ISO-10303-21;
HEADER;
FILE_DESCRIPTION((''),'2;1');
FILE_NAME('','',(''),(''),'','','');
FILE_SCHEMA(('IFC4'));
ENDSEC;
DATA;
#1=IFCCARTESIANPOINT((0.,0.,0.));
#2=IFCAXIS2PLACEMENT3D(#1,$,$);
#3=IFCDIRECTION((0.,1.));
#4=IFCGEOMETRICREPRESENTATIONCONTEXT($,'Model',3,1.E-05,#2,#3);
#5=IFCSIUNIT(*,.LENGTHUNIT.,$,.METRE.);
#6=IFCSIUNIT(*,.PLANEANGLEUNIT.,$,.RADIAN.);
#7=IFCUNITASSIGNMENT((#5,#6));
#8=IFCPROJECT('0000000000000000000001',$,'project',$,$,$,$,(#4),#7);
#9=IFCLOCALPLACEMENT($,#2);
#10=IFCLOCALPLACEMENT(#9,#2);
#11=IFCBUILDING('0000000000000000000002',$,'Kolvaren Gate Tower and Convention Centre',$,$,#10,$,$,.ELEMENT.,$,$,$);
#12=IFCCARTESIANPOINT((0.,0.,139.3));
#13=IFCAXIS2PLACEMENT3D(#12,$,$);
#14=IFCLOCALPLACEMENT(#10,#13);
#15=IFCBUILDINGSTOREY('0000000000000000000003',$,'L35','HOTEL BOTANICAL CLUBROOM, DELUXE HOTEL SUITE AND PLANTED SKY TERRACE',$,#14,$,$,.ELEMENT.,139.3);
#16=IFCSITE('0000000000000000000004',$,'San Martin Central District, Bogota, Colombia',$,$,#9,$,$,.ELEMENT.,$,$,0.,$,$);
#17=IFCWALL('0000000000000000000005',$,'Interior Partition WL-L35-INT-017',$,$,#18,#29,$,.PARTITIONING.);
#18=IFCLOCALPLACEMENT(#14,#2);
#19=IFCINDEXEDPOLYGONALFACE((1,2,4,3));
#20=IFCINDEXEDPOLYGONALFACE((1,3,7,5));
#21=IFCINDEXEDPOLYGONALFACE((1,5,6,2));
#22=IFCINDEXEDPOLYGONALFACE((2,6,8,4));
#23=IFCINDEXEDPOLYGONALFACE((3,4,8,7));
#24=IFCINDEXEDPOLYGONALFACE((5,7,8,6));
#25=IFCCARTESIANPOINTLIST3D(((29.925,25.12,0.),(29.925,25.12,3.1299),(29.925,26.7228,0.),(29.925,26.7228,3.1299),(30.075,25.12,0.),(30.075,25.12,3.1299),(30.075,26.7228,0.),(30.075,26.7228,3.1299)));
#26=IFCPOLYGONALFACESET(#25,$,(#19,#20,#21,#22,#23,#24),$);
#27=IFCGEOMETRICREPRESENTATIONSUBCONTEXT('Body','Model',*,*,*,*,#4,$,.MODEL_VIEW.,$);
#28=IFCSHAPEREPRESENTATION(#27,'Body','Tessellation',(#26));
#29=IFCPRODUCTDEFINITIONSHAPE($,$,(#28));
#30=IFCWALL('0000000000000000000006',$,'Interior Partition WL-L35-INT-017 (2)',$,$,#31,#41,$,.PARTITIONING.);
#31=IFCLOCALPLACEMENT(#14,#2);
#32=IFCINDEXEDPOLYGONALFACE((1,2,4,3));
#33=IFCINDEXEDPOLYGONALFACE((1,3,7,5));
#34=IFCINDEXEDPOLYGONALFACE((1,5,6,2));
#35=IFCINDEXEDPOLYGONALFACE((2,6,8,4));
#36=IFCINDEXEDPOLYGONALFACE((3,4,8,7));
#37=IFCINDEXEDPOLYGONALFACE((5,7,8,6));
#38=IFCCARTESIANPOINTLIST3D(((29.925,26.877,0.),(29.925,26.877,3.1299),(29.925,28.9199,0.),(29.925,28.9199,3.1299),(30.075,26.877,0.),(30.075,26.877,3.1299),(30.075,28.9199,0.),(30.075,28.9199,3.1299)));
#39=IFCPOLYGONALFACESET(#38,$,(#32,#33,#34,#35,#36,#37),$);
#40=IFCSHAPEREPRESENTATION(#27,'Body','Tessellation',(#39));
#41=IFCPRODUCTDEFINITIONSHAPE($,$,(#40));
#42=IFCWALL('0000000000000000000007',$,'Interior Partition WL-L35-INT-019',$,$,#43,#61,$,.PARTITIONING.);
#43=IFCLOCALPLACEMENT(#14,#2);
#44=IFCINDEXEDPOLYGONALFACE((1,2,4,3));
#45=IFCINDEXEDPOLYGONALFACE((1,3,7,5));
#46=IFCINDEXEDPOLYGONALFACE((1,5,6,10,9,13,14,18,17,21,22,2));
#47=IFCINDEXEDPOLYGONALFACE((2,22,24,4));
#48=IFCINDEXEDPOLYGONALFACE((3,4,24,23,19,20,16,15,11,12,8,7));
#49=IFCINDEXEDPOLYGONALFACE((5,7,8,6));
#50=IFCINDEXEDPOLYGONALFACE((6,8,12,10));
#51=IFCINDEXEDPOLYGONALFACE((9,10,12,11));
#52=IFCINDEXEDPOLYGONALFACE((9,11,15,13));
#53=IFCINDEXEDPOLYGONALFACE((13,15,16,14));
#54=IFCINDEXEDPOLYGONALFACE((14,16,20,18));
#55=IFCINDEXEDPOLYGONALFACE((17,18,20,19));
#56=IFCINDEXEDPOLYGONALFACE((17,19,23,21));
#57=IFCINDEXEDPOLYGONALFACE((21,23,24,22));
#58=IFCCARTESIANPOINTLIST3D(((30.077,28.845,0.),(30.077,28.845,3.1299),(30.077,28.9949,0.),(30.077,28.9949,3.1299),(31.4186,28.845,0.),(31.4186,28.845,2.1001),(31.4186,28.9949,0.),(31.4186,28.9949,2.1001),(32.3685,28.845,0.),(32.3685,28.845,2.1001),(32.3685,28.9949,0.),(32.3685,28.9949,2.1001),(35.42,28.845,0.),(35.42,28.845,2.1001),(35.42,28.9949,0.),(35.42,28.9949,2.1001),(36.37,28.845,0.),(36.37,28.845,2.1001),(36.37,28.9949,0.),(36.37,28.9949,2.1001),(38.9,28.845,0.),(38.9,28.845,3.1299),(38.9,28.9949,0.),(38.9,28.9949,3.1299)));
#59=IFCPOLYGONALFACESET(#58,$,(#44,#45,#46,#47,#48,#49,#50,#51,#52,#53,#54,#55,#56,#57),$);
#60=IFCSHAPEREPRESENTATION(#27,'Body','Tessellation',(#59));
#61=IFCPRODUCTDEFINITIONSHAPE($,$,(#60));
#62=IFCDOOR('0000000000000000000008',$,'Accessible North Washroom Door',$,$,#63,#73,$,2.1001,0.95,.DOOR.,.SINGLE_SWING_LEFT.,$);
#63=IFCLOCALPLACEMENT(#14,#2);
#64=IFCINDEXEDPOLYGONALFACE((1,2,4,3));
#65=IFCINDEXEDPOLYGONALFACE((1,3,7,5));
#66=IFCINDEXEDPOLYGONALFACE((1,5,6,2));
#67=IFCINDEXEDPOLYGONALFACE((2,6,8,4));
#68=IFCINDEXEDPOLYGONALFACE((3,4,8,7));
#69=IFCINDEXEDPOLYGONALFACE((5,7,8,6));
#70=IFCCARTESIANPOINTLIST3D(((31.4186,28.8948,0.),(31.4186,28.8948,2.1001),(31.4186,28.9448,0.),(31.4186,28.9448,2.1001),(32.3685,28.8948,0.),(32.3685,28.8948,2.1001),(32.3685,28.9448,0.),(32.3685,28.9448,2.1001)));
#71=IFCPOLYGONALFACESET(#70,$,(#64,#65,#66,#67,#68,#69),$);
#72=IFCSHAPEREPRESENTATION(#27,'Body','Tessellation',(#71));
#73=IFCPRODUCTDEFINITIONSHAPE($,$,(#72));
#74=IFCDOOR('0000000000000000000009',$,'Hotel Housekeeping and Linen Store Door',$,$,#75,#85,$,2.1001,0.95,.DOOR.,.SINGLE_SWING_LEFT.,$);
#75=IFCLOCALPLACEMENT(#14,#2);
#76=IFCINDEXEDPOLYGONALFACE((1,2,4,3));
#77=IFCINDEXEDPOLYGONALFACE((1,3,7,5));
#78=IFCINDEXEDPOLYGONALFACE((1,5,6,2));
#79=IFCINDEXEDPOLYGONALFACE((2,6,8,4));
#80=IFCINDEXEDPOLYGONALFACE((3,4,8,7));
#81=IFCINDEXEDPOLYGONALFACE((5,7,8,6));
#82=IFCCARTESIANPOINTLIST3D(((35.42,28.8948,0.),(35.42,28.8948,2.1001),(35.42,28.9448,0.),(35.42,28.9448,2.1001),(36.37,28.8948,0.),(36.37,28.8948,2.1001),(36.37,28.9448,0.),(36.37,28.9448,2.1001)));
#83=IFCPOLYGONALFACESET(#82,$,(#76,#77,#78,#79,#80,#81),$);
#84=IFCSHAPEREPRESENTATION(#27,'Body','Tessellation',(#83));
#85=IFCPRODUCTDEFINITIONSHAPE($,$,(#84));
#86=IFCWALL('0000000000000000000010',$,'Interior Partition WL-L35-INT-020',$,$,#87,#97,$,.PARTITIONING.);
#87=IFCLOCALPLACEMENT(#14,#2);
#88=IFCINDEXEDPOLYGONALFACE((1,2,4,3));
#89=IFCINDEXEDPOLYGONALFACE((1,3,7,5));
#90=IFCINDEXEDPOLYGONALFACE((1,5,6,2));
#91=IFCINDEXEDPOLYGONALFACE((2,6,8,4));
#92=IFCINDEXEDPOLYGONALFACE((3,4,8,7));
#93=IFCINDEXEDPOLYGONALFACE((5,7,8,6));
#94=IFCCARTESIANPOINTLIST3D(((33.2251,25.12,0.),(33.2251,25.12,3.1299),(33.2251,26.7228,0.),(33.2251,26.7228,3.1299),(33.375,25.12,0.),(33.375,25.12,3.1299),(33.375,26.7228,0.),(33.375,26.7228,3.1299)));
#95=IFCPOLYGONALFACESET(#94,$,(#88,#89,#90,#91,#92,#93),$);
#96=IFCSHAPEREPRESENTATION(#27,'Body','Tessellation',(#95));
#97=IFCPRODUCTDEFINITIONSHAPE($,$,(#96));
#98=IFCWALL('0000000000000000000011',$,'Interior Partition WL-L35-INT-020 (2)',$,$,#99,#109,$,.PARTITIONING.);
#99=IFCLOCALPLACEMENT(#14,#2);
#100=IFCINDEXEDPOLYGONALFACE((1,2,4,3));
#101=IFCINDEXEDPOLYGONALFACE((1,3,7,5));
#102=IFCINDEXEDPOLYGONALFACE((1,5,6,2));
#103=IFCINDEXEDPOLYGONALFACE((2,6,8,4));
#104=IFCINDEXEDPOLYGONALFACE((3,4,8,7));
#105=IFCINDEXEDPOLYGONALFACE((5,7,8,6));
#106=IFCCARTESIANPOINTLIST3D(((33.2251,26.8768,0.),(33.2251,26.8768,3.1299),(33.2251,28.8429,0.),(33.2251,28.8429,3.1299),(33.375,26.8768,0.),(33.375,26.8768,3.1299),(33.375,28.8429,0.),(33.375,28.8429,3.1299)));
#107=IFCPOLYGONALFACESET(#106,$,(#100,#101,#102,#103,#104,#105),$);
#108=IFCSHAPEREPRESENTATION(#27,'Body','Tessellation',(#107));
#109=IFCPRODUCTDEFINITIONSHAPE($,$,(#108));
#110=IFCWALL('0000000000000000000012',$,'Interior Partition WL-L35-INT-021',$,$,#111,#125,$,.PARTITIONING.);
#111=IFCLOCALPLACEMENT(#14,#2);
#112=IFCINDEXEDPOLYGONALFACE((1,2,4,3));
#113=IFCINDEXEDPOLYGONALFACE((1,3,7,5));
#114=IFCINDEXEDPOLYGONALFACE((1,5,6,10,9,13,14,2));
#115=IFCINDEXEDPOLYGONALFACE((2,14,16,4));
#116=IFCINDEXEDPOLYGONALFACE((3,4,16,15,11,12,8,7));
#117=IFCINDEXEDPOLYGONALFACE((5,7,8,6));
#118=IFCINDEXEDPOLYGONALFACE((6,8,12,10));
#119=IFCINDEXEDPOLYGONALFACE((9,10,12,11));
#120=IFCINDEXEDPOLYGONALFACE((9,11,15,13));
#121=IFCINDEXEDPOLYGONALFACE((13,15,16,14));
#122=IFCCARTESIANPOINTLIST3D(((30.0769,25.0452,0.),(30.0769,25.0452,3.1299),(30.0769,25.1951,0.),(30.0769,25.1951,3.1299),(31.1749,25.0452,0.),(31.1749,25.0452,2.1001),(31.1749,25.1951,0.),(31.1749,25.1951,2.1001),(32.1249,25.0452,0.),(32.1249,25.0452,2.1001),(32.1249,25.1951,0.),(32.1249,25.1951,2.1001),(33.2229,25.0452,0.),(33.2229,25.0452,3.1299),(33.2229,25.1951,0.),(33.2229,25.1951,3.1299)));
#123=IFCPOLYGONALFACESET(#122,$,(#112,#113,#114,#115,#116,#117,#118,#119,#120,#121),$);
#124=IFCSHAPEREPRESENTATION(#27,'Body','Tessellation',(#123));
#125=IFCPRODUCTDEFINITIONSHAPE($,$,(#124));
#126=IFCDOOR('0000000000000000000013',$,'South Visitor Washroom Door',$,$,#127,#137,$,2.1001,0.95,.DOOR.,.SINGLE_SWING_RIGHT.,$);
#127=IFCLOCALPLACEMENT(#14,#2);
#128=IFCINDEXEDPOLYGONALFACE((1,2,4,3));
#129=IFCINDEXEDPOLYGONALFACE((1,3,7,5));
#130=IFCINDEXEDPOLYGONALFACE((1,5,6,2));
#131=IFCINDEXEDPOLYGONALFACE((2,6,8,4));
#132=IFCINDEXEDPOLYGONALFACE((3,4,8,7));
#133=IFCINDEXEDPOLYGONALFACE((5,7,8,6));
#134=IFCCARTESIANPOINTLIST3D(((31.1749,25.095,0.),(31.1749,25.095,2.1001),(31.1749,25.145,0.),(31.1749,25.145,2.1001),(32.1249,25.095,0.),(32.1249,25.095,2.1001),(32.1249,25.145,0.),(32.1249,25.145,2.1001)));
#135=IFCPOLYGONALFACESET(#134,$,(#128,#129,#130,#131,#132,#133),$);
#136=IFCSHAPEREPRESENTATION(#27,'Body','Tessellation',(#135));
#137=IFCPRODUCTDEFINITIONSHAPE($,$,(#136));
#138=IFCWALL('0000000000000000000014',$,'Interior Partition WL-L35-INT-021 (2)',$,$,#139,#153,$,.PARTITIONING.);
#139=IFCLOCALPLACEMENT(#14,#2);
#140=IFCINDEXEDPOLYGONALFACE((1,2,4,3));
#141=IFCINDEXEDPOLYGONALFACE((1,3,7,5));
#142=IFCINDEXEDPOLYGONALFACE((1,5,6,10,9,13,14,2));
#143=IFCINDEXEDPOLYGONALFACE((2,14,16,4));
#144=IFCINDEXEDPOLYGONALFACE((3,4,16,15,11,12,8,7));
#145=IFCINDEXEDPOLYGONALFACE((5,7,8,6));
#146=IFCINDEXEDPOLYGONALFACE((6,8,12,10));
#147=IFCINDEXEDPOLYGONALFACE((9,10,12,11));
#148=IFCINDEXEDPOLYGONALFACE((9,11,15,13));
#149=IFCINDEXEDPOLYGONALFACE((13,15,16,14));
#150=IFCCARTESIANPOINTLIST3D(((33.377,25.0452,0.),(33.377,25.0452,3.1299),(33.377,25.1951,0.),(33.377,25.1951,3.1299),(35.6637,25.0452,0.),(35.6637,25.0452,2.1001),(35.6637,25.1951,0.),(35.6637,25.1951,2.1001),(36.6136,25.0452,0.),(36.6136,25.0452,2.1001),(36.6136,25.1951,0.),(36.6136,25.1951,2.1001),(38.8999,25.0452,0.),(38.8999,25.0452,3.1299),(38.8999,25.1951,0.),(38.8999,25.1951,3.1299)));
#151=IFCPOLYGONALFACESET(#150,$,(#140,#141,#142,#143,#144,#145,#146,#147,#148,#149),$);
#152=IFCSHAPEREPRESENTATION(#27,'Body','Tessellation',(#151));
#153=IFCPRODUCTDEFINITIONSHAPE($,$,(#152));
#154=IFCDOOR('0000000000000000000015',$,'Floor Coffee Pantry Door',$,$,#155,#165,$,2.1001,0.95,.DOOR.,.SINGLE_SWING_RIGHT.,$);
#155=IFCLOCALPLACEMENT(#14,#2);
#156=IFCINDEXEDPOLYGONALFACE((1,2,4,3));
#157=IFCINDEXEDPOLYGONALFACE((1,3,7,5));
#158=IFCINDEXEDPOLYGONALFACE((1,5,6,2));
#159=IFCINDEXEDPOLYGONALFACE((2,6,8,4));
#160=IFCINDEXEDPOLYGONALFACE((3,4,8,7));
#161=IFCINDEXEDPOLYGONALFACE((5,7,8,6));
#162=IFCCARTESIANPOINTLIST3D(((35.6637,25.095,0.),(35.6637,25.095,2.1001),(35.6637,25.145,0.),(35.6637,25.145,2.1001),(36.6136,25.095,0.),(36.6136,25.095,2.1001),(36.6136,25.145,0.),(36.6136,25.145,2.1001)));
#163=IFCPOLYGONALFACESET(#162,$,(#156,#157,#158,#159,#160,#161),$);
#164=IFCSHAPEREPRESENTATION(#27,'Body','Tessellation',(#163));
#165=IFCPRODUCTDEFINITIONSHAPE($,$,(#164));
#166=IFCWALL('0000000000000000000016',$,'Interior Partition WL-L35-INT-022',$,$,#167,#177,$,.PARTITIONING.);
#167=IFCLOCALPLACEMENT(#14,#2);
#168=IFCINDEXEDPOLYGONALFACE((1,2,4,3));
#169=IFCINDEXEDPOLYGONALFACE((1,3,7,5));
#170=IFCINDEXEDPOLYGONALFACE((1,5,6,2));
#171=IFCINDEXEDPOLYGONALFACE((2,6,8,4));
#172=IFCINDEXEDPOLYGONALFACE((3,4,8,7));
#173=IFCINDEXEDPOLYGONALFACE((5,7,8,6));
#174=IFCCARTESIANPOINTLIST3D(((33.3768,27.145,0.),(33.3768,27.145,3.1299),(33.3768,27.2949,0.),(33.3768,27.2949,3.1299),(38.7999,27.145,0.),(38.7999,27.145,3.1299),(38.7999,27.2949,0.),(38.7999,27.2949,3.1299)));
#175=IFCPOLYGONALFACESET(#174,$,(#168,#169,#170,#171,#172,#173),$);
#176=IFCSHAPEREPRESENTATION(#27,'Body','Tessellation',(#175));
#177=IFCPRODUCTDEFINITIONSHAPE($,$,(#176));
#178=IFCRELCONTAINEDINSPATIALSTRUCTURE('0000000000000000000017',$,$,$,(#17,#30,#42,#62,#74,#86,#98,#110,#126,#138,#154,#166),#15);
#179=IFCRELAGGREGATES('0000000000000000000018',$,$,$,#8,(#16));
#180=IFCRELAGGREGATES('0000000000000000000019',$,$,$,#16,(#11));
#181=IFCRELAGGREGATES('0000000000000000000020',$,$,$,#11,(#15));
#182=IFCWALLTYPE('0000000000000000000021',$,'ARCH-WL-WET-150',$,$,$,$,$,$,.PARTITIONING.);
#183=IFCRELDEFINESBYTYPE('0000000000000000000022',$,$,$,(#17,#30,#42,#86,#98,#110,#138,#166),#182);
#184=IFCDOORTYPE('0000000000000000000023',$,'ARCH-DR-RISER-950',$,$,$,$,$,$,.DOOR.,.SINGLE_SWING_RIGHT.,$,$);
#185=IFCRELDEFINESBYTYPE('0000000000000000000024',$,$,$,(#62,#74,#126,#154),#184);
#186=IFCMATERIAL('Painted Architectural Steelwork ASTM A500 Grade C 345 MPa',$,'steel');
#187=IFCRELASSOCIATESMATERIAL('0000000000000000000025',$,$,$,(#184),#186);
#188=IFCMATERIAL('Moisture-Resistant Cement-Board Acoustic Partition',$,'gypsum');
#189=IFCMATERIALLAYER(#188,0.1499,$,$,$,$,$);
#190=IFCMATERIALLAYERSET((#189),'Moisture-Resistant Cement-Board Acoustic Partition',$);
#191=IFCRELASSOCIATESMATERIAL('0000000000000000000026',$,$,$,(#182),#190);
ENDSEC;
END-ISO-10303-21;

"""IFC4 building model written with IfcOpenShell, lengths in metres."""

from ifc_helpers import new_model, si_unit, direction, frame, frame_2d, origin, place, context, subcontext, project, spatial, rectangle, extrude, material, layer, layer_set, type_object, element, fill, save


model = new_model("IFC4")

# Units and contexts
model_context = context("Model", 3, precision=1e-05, world=origin(), true_north=direction((0.0, 1.0)))
body_context = subcontext(model_context, "Body", "Model", "MODEL_VIEW")
ifc_project = project(units=[si_unit("LENGTHUNIT", "METRE"), si_unit("PLANEANGLEUNIT", "RADIAN")], contexts=[model_context])

# Site, building, storey
site_placement = place(None, origin())
site = spatial("IfcSite", under=ifc_project, at=site_placement, Name="San Martin Central District, Bogota, Colombia", CompositionType="ELEMENT", RefElevation=0.0)
building_placement = place(site_placement, origin())
building = spatial("IfcBuilding", under=site, at=building_placement, Name="Kolvaren Gate Tower and Convention Centre", CompositionType="ELEMENT")
storey_placement = place(building_placement, frame((0.0, 0.0, 139.3)))
storey = spatial("IfcBuildingStorey", under=building, at=storey_placement, Name="L35", Description="HOTEL BOTANICAL CLUBROOM, DELUXE HOTEL SUITE AND PLANTED SKY TERRACE", CompositionType="ELEMENT", Elevation=139.3)

# Shared definitions
ifc_material_1 = material(Name="Painted Architectural Steelwork ASTM A500 Grade C 345 MPa", Category="steel")
door_type = type_object("IfcDoorType", Name="ARCH-DR-RISER-950", OperationType="SINGLE_SWING_RIGHT", PredefinedType="DOOR", material=ifc_material_1)

# Walls
ifc_material_2 = material(Name="Moisture-Resistant Cement-Board Acoustic Partition", Category="gypsum")
ifc_layer_1 = layer(ifc_material_2, 0.1499)
ifc_layer_set_1 = layer_set([ifc_layer_1], Name="Moisture-Resistant Cement-Board Acoustic Partition")
wall_type_1 = type_object("IfcWallType", Name="ARCH-WL-WET-150", PredefinedType="PARTITIONING", material=ifc_layer_set_1)
wall_1_placement = place(storey_placement, frame((30.0, 25.1201, 0.0), z_axis=(0.0, 0.0, 1.0), x_axis=(0.0, 1.0, 0.0)))
element("IfcWall", 1, at=wall_1_placement, inside=storey, type_object=wall_type_1, Name="Interior Partition WL-L35-INT-017", PredefinedType="PARTITIONING", context=body_context, shape_type="SweptSolid", body=[
    extrude(rectangle(XDim=1.6028, YDim=0.1499, at=frame_2d((0.8013, 0.0))), origin(), (0.0, 0.0, 1.0), 3.1299),
])
wall_2_placement = place(storey_placement, frame((30.0, 26.877, 0.0), z_axis=(0.0, 0.0, 1.0), x_axis=(0.0, 1.0, 0.0)))
element("IfcWall", 2, at=wall_2_placement, inside=storey, type_object=wall_type_1, Name="Interior Partition WL-L35-INT-017 (2)", PredefinedType="PARTITIONING", context=body_context, shape_type="SweptSolid", body=[
    extrude(rectangle(XDim=2.043, YDim=0.1499, at=frame_2d((1.0215, 0.0))), origin(), (0.0, 0.0, 1.0), 3.1299),
])

# Wall, openings, doors
wall_3_placement = place(storey_placement, frame((30.0769, 28.9199, 0.0), z_axis=(0.0, 0.0, 1.0), x_axis=(1.0, 0.0, 0.0)))
wall_3 = element("IfcWall", 3, at=wall_3_placement, inside=storey, type_object=wall_type_1, Name="Interior Partition WL-L35-INT-019", PredefinedType="PARTITIONING", context=body_context, shape_type="SweptSolid", body=[
    extrude(rectangle(XDim=8.823, YDim=0.1499, at=frame_2d((4.4116, 0.0))), origin(), (0.0, 0.0, 1.0), 3.1299),
])
opening_1_placement = place(wall_3_placement, frame((1.3416, 0.0, 0.0)))
opening_1 = element("IfcOpeningElement", 4, at=opening_1_placement, cuts=wall_3, PredefinedType="OPENING", context=body_context, shape_type="SweptSolid", body=[
    extrude(rectangle(XDim=0.95, YDim=2.1001, at=frame_2d((0.4751, 1.05))), frame((0.0, 0.085, 0.0), z_axis=(0.0, -1.0, 0.0), x_axis=(1.0, 0.0, 0.0)), (0.0, 0.0, 1.0), 0.1699),
])
opening_2_placement = place(wall_3_placement, frame((5.343, 0.0, 0.0)))
opening_2 = element("IfcOpeningElement", 5, at=opening_2_placement, cuts=wall_3, PredefinedType="OPENING", context=body_context, shape_type="SweptSolid", body=[
    extrude(rectangle(XDim=0.95, YDim=2.1001, at=frame_2d((0.4751, 1.05))), frame((0.0, 0.085, 0.0), z_axis=(0.0, -1.0, 0.0), x_axis=(1.0, 0.0, 0.0)), (0.0, 0.0, 1.0), 0.1699),
])
door_1_placement = place(opening_1_placement, origin())
door_1 = element("IfcDoor", 6, at=door_1_placement, inside=storey, type_object=door_type, Name="Accessible North Washroom Door", OperationType="SINGLE_SWING_LEFT", OverallHeight=2.1001, OverallWidth=0.95, PredefinedType="DOOR", context=body_context, shape_type="SweptSolid", body=[
    extrude(rectangle(XDim=0.95, YDim=2.1001, at=frame_2d((0.4751, 1.05))), frame((0.0, 0.0249, 0.0), z_axis=(0.0, -1.0, 0.0), x_axis=(1.0, 0.0, 0.0)), (0.0, 0.0, 1.0), 0.05),
])
fill(opening_1, door_1)
door_2_placement = place(opening_2_placement, origin())
door_2 = element("IfcDoor", 7, at=door_2_placement, inside=storey, type_object=door_type, Name="Hotel Housekeeping and Linen Store Door", OperationType="SINGLE_SWING_LEFT", OverallHeight=2.1001, OverallWidth=0.95, PredefinedType="DOOR", context=body_context, shape_type="SweptSolid", body=[
    extrude(rectangle(XDim=0.95, YDim=2.1001, at=frame_2d((0.4751, 1.05))), frame((0.0, 0.0249, 0.0), z_axis=(0.0, -1.0, 0.0), x_axis=(1.0, 0.0, 0.0)), (0.0, 0.0, 1.0), 0.05),
])
fill(opening_2, door_2)

# Walls
wall_4_placement = place(storey_placement, frame((33.3, 25.1201, 0.0), z_axis=(0.0, 0.0, 1.0), x_axis=(0.0, 1.0, 0.0)))
element("IfcWall", 8, at=wall_4_placement, inside=storey, type_object=wall_type_1, Name="Interior Partition WL-L35-INT-020", PredefinedType="PARTITIONING", context=body_context, shape_type="SweptSolid", body=[
    extrude(rectangle(XDim=1.6028, YDim=0.1499, at=frame_2d((0.8013, 0.0))), origin(), (0.0, 0.0, 1.0), 3.1299),
])
wall_5_placement = place(storey_placement, frame((33.3, 26.877, 0.0), z_axis=(0.0, 0.0, 1.0), x_axis=(0.0, 1.0, 0.0)))
element("IfcWall", 9, at=wall_5_placement, inside=storey, type_object=wall_type_1, Name="Interior Partition WL-L35-INT-020 (2)", PredefinedType="PARTITIONING", context=body_context, shape_type="SweptSolid", body=[
    extrude(rectangle(XDim=1.9661, YDim=0.1499, at=frame_2d((0.9829, 0.0))), origin(), (0.0, 0.0, 1.0), 3.1299),
])

# Walls, openings, doors
wall_6_placement = place(storey_placement, frame((30.0769, 25.1201, 0.0), z_axis=(0.0, 0.0, 1.0), x_axis=(1.0, 0.0, 0.0)))
wall_6 = element("IfcWall", 10, at=wall_6_placement, inside=storey, type_object=wall_type_1, Name="Interior Partition WL-L35-INT-021", PredefinedType="PARTITIONING", context=body_context, shape_type="SweptSolid", body=[
    extrude(rectangle(XDim=3.146, YDim=0.1499, at=frame_2d((1.573, 0.0))), origin(), (0.0, 0.0, 1.0), 3.1299),
])
opening_3_placement = place(wall_6_placement, frame((1.0979, 0.0, 0.0)))
opening_3 = element("IfcOpeningElement", 11, at=opening_3_placement, cuts=wall_6, PredefinedType="OPENING", context=body_context, shape_type="SweptSolid", body=[
    extrude(rectangle(XDim=0.95, YDim=2.1001, at=frame_2d((0.4751, 1.05))), frame((0.0, 0.085, 0.0), z_axis=(0.0, -1.0, 0.0), x_axis=(1.0, 0.0, 0.0)), (0.0, 0.0, 1.0), 0.1699),
])
door_3_placement = place(opening_3_placement, origin())
door_3 = element("IfcDoor", 12, at=door_3_placement, inside=storey, type_object=door_type, Name="South Visitor Washroom Door", OperationType="SINGLE_SWING_RIGHT", OverallHeight=2.1001, OverallWidth=0.95, PredefinedType="DOOR", context=body_context, shape_type="SweptSolid", body=[
    extrude(rectangle(XDim=0.95, YDim=2.1001, at=frame_2d((0.4751, 1.05))), frame((0.0, 0.0249, 0.0), z_axis=(0.0, -1.0, 0.0), x_axis=(1.0, 0.0, 0.0)), (0.0, 0.0, 1.0), 0.05),
])
fill(opening_3, door_3)
wall_7_placement = place(storey_placement, frame((33.377, 25.1201, 0.0), z_axis=(0.0, 0.0, 1.0), x_axis=(1.0, 0.0, 0.0)))
wall_7 = element("IfcWall", 13, at=wall_7_placement, inside=storey, type_object=wall_type_1, Name="Interior Partition WL-L35-INT-021 (2)", PredefinedType="PARTITIONING", context=body_context, shape_type="SweptSolid", body=[
    extrude(rectangle(XDim=5.5229, YDim=0.1499, at=frame_2d((2.7615, 0.0))), origin(), (0.0, 0.0, 1.0), 3.1299),
])
opening_4_placement = place(wall_7_placement, frame((2.2866, 0.0, 0.0)))
opening_4 = element("IfcOpeningElement", 14, at=opening_4_placement, cuts=wall_7, PredefinedType="OPENING", context=body_context, shape_type="SweptSolid", body=[
    extrude(rectangle(XDim=0.95, YDim=2.1001, at=frame_2d((0.4751, 1.05))), frame((0.0, 0.085, 0.0), z_axis=(0.0, -1.0, 0.0), x_axis=(1.0, 0.0, 0.0)), (0.0, 0.0, 1.0), 0.1699),
])
door_4_placement = place(opening_4_placement, origin())
door_4 = element("IfcDoor", 15, at=door_4_placement, inside=storey, type_object=door_type, Name="Floor Coffee Pantry Door", OperationType="SINGLE_SWING_RIGHT", OverallHeight=2.1001, OverallWidth=0.95, PredefinedType="DOOR", context=body_context, shape_type="SweptSolid", body=[
    extrude(rectangle(XDim=0.95, YDim=2.1001, at=frame_2d((0.4751, 1.05))), frame((0.0, 0.0249, 0.0), z_axis=(0.0, -1.0, 0.0), x_axis=(1.0, 0.0, 0.0)), (0.0, 0.0, 1.0), 0.05),
])
fill(opening_4, door_4)

# Wall
wall_8_placement = place(storey_placement, frame((33.377, 27.22, 0.0), z_axis=(0.0, 0.0, 1.0), x_axis=(1.0, 0.0, 0.0)))
element("IfcWall", 16, at=wall_8_placement, inside=storey, type_object=wall_type_1, Name="Interior Partition WL-L35-INT-022", PredefinedType="PARTITIONING", context=body_context, shape_type="SweptSolid", body=[
    extrude(rectangle(XDim=5.4231, YDim=0.1499, at=frame_2d((2.7114, 0.0))), origin(), (0.0, 0.0, 1.0), 3.1299),
])

save(model, "model.ifc")
